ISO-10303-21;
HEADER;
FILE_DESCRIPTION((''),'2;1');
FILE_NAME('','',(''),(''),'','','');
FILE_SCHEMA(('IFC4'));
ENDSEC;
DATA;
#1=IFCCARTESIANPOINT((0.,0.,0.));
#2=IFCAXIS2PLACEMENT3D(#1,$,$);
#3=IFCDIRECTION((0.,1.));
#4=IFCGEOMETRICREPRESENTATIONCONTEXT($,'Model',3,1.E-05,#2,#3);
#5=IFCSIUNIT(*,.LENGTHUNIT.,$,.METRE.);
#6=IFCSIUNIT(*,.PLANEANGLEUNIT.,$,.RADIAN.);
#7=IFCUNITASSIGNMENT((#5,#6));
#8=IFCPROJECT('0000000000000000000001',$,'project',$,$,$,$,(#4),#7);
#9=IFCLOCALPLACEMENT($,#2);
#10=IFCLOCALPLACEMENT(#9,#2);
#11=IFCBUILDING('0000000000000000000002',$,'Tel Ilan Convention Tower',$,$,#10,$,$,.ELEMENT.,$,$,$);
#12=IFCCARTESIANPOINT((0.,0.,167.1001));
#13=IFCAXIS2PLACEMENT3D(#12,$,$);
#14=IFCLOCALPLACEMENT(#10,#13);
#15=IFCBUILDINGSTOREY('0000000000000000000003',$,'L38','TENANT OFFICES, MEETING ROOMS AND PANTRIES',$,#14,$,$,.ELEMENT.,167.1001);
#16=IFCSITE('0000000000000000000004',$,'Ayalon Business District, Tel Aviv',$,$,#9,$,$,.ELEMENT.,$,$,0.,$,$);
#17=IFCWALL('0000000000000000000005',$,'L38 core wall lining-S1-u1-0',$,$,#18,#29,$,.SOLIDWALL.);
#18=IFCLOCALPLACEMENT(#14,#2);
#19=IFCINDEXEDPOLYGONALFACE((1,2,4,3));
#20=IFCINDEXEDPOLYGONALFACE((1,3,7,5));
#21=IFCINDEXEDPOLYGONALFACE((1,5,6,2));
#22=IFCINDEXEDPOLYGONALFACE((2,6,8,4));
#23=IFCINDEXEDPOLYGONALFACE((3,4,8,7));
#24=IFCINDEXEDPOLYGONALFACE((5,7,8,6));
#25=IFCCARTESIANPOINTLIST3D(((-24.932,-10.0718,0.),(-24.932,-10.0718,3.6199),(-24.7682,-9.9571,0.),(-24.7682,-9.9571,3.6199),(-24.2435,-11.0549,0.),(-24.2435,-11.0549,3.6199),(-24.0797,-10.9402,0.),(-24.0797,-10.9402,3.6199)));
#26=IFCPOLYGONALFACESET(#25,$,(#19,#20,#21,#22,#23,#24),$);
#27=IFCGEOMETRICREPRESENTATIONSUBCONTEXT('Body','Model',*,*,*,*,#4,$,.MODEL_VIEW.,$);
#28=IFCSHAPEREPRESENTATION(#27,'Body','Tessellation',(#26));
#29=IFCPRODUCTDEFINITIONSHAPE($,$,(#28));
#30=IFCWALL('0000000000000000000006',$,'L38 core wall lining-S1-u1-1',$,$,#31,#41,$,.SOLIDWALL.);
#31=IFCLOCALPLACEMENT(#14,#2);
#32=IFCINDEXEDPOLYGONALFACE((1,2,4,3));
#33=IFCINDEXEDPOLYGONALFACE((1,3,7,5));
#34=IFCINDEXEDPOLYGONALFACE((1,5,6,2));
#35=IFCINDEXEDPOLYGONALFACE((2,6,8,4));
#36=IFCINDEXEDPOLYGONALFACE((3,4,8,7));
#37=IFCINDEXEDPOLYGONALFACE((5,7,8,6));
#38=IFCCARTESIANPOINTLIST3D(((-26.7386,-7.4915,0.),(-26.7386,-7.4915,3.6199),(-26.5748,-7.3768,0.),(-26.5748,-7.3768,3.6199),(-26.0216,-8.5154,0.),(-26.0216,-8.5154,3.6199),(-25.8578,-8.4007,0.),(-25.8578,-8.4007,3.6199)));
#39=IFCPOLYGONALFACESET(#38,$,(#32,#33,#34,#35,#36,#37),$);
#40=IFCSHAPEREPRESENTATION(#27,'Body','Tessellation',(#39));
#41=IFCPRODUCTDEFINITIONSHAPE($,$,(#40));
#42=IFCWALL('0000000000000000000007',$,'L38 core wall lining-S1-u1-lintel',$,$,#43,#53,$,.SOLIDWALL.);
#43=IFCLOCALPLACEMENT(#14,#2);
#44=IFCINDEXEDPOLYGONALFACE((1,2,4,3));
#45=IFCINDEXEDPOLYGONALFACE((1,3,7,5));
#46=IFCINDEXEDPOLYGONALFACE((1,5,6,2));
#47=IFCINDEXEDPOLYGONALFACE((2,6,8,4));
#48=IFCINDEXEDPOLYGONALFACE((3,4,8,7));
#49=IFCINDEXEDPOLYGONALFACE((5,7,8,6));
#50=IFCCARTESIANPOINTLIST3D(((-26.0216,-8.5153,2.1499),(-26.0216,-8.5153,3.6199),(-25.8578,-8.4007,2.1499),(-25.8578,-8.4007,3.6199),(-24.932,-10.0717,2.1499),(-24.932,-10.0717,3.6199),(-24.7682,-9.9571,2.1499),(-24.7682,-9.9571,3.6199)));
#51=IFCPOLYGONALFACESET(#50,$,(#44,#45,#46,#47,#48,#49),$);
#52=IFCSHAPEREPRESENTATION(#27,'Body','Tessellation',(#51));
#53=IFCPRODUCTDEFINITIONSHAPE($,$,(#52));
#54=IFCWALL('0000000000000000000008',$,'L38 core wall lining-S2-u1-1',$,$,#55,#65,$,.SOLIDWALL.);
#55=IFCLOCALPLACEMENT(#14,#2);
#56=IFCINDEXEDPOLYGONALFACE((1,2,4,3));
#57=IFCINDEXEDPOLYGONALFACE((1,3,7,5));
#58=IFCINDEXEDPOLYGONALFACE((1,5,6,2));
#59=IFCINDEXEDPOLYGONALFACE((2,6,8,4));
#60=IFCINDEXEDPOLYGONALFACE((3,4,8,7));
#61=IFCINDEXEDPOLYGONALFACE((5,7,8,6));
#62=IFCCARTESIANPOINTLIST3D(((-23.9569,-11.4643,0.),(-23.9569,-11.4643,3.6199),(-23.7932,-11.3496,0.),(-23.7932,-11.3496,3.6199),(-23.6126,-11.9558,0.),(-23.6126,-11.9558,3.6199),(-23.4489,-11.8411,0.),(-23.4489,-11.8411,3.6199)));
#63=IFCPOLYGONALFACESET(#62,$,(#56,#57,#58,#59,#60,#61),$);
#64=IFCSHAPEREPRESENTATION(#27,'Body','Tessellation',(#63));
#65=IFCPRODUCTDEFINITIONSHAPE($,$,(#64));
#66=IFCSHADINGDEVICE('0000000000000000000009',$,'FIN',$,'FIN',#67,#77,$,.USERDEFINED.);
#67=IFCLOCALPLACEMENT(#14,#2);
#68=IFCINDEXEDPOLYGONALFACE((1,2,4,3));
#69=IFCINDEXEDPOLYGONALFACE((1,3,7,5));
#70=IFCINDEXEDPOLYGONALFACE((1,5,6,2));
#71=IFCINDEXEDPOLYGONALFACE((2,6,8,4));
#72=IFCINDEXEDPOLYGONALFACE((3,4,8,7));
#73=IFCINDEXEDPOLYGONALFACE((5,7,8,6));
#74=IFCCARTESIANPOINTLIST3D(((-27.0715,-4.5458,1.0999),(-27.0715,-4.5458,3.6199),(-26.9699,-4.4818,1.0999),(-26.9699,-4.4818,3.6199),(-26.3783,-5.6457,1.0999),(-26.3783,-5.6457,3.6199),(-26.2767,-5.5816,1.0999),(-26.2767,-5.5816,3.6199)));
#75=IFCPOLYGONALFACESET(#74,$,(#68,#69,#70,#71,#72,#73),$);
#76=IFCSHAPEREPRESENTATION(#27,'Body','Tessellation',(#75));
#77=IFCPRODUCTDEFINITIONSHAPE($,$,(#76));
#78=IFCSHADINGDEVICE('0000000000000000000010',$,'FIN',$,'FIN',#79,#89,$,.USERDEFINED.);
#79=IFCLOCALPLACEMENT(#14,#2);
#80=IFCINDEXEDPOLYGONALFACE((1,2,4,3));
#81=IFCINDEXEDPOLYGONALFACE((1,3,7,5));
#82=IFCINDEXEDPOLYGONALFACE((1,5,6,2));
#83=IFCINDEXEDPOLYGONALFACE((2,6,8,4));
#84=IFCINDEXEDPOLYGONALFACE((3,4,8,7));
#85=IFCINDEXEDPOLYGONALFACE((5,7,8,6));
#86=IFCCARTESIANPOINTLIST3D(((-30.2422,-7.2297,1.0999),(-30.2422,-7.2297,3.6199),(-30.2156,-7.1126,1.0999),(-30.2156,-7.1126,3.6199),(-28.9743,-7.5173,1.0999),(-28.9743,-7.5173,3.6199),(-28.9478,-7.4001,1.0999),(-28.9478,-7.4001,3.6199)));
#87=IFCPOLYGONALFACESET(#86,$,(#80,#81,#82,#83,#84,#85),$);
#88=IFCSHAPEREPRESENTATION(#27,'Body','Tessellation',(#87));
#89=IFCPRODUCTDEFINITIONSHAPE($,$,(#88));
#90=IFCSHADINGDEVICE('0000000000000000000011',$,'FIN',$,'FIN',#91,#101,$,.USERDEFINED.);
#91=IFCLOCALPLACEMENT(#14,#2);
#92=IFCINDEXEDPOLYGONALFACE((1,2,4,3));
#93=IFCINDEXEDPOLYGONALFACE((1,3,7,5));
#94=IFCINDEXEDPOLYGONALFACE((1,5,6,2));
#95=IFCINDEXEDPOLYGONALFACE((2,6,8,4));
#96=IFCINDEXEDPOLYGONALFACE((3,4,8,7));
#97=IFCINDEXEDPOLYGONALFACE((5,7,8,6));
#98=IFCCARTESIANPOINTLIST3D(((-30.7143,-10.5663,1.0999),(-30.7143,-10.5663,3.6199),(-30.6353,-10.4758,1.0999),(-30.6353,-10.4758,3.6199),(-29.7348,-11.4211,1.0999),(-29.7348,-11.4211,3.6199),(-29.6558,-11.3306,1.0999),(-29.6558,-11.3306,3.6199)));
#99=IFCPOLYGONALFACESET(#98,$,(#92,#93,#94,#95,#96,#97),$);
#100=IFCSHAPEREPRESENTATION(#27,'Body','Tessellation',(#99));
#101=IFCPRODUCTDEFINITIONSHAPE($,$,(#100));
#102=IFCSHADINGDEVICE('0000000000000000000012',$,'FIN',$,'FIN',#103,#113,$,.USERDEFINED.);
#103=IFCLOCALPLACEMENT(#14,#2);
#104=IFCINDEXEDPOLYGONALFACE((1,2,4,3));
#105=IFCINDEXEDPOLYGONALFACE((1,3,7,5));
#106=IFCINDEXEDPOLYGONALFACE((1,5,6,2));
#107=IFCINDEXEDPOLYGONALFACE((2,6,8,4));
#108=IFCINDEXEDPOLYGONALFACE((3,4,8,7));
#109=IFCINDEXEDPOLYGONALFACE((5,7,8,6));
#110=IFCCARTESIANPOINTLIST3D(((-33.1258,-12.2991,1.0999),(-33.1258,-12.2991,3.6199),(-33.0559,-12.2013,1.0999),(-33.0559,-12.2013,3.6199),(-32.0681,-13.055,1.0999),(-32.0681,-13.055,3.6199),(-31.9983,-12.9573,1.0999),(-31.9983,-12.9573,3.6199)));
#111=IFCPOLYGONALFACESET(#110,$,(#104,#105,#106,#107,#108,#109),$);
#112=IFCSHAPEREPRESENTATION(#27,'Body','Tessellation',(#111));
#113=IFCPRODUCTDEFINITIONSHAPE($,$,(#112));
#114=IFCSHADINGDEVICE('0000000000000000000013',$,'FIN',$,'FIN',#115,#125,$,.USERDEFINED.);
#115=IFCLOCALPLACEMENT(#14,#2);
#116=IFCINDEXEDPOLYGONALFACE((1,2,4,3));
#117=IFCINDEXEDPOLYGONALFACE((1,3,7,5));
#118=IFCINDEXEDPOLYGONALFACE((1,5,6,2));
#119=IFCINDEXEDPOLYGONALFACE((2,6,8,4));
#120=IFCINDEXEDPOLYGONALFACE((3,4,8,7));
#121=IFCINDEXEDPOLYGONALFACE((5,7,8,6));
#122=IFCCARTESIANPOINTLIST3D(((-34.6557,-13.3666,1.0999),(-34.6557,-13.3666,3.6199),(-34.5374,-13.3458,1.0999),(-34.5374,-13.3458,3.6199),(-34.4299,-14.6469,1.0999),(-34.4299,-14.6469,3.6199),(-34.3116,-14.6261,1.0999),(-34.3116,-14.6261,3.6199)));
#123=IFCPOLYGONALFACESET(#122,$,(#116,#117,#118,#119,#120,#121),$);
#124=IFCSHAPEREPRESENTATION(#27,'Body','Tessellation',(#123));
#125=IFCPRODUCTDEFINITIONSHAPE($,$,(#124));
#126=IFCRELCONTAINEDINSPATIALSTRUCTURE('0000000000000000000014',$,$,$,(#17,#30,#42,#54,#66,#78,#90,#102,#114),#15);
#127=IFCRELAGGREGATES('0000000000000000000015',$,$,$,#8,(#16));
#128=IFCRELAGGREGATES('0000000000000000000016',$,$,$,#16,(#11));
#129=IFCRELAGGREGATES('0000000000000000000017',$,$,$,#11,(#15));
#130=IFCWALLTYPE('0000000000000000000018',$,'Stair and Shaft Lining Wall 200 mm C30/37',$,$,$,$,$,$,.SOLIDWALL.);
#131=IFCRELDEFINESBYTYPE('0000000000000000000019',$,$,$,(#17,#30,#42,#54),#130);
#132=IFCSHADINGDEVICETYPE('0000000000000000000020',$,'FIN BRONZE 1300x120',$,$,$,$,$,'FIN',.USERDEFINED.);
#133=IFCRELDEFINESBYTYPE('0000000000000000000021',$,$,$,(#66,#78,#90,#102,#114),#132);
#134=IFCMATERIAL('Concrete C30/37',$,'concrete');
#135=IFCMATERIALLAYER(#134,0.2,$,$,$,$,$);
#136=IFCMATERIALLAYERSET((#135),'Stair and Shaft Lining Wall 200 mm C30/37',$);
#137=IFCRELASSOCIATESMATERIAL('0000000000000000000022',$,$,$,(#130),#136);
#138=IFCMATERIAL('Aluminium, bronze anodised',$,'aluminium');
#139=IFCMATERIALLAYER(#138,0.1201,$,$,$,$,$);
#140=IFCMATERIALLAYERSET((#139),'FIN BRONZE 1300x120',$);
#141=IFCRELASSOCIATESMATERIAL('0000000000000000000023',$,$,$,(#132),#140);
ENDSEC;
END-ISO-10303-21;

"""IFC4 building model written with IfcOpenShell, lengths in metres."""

from ifc_helpers import new_model, si_unit, direction, frame, frame_2d, origin, origin_2d, place, context, subcontext, project, spatial, rectangle, extrude, material, layer, layer_set, type_object, element, save


model = new_model("IFC4")

# Units and contexts
model_context = context("Model", 3, precision=1e-05, world=origin(), true_north=direction((0.0, 1.0)))
body_context = subcontext(model_context, "Body", "Model", "MODEL_VIEW")
ifc_project = project(units=[si_unit("LENGTHUNIT", "METRE"), si_unit("PLANEANGLEUNIT", "RADIAN")], contexts=[model_context])

# Site, building, storey
site_placement = place(None, origin())
site = spatial("IfcSite", under=ifc_project, at=site_placement, Name="Ayalon Business District, Tel Aviv", CompositionType="ELEMENT", RefElevation=0.0)
building_placement = place(site_placement, origin())
building = spatial("IfcBuilding", under=site, at=building_placement, Name="Tel Ilan Convention Tower", CompositionType="ELEMENT")
storey_placement = place(building_placement, frame((0.0, 0.0, 167.1001)))
storey = spatial("IfcBuildingStorey", under=building, at=storey_placement, Name="L38", Description="TENANT OFFICES, MEETING ROOMS AND PANTRIES", CompositionType="ELEMENT", Elevation=167.1001)

# Walls
ifc_material_1 = material(Name="Concrete C30/37", Category="concrete")
ifc_layer_1 = layer(ifc_material_1, 0.2)
ifc_layer_set_1 = layer_set([ifc_layer_1], Name="Stair and Shaft Lining Wall 200 mm C30/37")
wall_type_1 = type_object("IfcWallType", Name="Stair and Shaft Lining Wall 200 mm C30/37", PredefinedType="SOLIDWALL", material=ifc_layer_set_1)
wall_1_placement = place(storey_placement, frame((-24.1616, -10.9976, 0.0), z_axis=(0.0, 0.0, 1.0), x_axis=(-0.573613, 0.819127, 0.0)))
element("IfcWall", 1, at=wall_1_placement, inside=storey, type_object=wall_type_1, Name="L38 core wall lining-S1-u1-0", PredefinedType="SOLIDWALL", context=body_context, shape_type="SweptSolid", body=[
    extrude(rectangle(XDim=1.2002, YDim=0.2, at=frame_2d((0.6001, 0.0))), origin(), (0.0, 0.0, 1.0), 3.6199),
])
wall_2_placement = place(storey_placement, frame((-25.9397, -8.458, 0.0), z_axis=(0.0, 0.0, 1.0), x_axis=(-0.57362, 0.819122, 0.0)))
element("IfcWall", 2, at=wall_2_placement, inside=storey, type_object=wall_type_1, Name="L38 core wall lining-S1-u1-1", PredefinedType="SOLIDWALL", context=body_context, shape_type="SweptSolid", body=[
    extrude(rectangle(XDim=1.25, YDim=0.2, at=frame_2d((0.625, 0.0))), origin(), (0.0, 0.0, 1.0), 3.6199),
])
wall_3_placement = place(storey_placement, frame((-24.8501, -10.0144, 2.1499), z_axis=(0.0, 0.0, 1.0), x_axis=(-0.573505, 0.819202, 0.0)))
element("IfcWall", 3, at=wall_3_placement, inside=storey, type_object=wall_type_1, Name="L38 core wall lining-S1-u1-lintel", PredefinedType="SOLIDWALL", context=body_context, shape_type="SweptSolid", body=[
    extrude(rectangle(XDim=1.8999, YDim=0.2, at=frame_2d((0.95, 0.0))), origin(), (0.0, 0.0, 1.0), 1.47),
])
wall_4_placement = place(storey_placement, frame((-23.5308, -11.8984, 0.0), z_axis=(0.0, 0.0, 1.0), x_axis=(-0.573708, 0.81906, 0.0)))
element("IfcWall", 4, at=wall_4_placement, inside=storey, type_object=wall_type_1, Name="L38 core wall lining-S2-u1-1", PredefinedType="SOLIDWALL", context=body_context, shape_type="SweptSolid", body=[
    extrude(rectangle(XDim=0.6001, YDim=0.2, at=frame_2d((0.3, 0.0))), origin(), (0.0, 0.0, 1.0), 3.6199),
])

# Shading devices
ifc_material_2 = material(Name="Aluminium, bronze anodised", Category="aluminium")
ifc_layer_2 = layer(ifc_material_2, 0.1201)
ifc_layer_set_2 = layer_set([ifc_layer_2], Name="FIN BRONZE 1300x120")
shading_device_type = type_object("IfcShadingDeviceType", Name="FIN BRONZE 1300x120", ElementType="FIN", PredefinedType="USERDEFINED", material=ifc_layer_set_2)
for number, where, z_axis, x_axis, name in (
    (5, (-26.6741, -5.0637, 1.0999), (0.0, 0.0, 1.0), (-0.533204, 0.845986, 0.0), "FIN"),
    (6, (-29.595, -7.3149, 1.0999), (0.0, 0.0, 1.0), (-0.975235, 0.22117, 0.0), "FIN"),
    (7, (-30.1851, -10.9485, 1.0999), (0.0, 0.0, 1.0), (-0.753436, 0.657521, 0.0), "FIN"),
    (8, (-32.562, -12.6282, 1.0999), (0.0, 0.0, 1.0), (-0.813552, 0.581492, 0.0), "FIN"),
    (9, (-34.4836, -13.9963, 1.0999), (0.0, 0.0, 1.0), (-0.173648, 0.984808, 0.0), "FIN"),
):
    element("IfcShadingDevice", number, at=place(storey_placement, frame(where, z_axis=z_axis, x_axis=x_axis)), inside=storey, type_object=shading_device_type, Name=name, ObjectType="FIN", PredefinedType="USERDEFINED", context=body_context, shape_type="SweptSolid", body=[
        extrude(rectangle(XDim=1.3, YDim=0.1201, at=origin_2d()), origin(), (0.0, 0.0, 1.0), 2.52),
    ])

save(model, "model.ifc")
